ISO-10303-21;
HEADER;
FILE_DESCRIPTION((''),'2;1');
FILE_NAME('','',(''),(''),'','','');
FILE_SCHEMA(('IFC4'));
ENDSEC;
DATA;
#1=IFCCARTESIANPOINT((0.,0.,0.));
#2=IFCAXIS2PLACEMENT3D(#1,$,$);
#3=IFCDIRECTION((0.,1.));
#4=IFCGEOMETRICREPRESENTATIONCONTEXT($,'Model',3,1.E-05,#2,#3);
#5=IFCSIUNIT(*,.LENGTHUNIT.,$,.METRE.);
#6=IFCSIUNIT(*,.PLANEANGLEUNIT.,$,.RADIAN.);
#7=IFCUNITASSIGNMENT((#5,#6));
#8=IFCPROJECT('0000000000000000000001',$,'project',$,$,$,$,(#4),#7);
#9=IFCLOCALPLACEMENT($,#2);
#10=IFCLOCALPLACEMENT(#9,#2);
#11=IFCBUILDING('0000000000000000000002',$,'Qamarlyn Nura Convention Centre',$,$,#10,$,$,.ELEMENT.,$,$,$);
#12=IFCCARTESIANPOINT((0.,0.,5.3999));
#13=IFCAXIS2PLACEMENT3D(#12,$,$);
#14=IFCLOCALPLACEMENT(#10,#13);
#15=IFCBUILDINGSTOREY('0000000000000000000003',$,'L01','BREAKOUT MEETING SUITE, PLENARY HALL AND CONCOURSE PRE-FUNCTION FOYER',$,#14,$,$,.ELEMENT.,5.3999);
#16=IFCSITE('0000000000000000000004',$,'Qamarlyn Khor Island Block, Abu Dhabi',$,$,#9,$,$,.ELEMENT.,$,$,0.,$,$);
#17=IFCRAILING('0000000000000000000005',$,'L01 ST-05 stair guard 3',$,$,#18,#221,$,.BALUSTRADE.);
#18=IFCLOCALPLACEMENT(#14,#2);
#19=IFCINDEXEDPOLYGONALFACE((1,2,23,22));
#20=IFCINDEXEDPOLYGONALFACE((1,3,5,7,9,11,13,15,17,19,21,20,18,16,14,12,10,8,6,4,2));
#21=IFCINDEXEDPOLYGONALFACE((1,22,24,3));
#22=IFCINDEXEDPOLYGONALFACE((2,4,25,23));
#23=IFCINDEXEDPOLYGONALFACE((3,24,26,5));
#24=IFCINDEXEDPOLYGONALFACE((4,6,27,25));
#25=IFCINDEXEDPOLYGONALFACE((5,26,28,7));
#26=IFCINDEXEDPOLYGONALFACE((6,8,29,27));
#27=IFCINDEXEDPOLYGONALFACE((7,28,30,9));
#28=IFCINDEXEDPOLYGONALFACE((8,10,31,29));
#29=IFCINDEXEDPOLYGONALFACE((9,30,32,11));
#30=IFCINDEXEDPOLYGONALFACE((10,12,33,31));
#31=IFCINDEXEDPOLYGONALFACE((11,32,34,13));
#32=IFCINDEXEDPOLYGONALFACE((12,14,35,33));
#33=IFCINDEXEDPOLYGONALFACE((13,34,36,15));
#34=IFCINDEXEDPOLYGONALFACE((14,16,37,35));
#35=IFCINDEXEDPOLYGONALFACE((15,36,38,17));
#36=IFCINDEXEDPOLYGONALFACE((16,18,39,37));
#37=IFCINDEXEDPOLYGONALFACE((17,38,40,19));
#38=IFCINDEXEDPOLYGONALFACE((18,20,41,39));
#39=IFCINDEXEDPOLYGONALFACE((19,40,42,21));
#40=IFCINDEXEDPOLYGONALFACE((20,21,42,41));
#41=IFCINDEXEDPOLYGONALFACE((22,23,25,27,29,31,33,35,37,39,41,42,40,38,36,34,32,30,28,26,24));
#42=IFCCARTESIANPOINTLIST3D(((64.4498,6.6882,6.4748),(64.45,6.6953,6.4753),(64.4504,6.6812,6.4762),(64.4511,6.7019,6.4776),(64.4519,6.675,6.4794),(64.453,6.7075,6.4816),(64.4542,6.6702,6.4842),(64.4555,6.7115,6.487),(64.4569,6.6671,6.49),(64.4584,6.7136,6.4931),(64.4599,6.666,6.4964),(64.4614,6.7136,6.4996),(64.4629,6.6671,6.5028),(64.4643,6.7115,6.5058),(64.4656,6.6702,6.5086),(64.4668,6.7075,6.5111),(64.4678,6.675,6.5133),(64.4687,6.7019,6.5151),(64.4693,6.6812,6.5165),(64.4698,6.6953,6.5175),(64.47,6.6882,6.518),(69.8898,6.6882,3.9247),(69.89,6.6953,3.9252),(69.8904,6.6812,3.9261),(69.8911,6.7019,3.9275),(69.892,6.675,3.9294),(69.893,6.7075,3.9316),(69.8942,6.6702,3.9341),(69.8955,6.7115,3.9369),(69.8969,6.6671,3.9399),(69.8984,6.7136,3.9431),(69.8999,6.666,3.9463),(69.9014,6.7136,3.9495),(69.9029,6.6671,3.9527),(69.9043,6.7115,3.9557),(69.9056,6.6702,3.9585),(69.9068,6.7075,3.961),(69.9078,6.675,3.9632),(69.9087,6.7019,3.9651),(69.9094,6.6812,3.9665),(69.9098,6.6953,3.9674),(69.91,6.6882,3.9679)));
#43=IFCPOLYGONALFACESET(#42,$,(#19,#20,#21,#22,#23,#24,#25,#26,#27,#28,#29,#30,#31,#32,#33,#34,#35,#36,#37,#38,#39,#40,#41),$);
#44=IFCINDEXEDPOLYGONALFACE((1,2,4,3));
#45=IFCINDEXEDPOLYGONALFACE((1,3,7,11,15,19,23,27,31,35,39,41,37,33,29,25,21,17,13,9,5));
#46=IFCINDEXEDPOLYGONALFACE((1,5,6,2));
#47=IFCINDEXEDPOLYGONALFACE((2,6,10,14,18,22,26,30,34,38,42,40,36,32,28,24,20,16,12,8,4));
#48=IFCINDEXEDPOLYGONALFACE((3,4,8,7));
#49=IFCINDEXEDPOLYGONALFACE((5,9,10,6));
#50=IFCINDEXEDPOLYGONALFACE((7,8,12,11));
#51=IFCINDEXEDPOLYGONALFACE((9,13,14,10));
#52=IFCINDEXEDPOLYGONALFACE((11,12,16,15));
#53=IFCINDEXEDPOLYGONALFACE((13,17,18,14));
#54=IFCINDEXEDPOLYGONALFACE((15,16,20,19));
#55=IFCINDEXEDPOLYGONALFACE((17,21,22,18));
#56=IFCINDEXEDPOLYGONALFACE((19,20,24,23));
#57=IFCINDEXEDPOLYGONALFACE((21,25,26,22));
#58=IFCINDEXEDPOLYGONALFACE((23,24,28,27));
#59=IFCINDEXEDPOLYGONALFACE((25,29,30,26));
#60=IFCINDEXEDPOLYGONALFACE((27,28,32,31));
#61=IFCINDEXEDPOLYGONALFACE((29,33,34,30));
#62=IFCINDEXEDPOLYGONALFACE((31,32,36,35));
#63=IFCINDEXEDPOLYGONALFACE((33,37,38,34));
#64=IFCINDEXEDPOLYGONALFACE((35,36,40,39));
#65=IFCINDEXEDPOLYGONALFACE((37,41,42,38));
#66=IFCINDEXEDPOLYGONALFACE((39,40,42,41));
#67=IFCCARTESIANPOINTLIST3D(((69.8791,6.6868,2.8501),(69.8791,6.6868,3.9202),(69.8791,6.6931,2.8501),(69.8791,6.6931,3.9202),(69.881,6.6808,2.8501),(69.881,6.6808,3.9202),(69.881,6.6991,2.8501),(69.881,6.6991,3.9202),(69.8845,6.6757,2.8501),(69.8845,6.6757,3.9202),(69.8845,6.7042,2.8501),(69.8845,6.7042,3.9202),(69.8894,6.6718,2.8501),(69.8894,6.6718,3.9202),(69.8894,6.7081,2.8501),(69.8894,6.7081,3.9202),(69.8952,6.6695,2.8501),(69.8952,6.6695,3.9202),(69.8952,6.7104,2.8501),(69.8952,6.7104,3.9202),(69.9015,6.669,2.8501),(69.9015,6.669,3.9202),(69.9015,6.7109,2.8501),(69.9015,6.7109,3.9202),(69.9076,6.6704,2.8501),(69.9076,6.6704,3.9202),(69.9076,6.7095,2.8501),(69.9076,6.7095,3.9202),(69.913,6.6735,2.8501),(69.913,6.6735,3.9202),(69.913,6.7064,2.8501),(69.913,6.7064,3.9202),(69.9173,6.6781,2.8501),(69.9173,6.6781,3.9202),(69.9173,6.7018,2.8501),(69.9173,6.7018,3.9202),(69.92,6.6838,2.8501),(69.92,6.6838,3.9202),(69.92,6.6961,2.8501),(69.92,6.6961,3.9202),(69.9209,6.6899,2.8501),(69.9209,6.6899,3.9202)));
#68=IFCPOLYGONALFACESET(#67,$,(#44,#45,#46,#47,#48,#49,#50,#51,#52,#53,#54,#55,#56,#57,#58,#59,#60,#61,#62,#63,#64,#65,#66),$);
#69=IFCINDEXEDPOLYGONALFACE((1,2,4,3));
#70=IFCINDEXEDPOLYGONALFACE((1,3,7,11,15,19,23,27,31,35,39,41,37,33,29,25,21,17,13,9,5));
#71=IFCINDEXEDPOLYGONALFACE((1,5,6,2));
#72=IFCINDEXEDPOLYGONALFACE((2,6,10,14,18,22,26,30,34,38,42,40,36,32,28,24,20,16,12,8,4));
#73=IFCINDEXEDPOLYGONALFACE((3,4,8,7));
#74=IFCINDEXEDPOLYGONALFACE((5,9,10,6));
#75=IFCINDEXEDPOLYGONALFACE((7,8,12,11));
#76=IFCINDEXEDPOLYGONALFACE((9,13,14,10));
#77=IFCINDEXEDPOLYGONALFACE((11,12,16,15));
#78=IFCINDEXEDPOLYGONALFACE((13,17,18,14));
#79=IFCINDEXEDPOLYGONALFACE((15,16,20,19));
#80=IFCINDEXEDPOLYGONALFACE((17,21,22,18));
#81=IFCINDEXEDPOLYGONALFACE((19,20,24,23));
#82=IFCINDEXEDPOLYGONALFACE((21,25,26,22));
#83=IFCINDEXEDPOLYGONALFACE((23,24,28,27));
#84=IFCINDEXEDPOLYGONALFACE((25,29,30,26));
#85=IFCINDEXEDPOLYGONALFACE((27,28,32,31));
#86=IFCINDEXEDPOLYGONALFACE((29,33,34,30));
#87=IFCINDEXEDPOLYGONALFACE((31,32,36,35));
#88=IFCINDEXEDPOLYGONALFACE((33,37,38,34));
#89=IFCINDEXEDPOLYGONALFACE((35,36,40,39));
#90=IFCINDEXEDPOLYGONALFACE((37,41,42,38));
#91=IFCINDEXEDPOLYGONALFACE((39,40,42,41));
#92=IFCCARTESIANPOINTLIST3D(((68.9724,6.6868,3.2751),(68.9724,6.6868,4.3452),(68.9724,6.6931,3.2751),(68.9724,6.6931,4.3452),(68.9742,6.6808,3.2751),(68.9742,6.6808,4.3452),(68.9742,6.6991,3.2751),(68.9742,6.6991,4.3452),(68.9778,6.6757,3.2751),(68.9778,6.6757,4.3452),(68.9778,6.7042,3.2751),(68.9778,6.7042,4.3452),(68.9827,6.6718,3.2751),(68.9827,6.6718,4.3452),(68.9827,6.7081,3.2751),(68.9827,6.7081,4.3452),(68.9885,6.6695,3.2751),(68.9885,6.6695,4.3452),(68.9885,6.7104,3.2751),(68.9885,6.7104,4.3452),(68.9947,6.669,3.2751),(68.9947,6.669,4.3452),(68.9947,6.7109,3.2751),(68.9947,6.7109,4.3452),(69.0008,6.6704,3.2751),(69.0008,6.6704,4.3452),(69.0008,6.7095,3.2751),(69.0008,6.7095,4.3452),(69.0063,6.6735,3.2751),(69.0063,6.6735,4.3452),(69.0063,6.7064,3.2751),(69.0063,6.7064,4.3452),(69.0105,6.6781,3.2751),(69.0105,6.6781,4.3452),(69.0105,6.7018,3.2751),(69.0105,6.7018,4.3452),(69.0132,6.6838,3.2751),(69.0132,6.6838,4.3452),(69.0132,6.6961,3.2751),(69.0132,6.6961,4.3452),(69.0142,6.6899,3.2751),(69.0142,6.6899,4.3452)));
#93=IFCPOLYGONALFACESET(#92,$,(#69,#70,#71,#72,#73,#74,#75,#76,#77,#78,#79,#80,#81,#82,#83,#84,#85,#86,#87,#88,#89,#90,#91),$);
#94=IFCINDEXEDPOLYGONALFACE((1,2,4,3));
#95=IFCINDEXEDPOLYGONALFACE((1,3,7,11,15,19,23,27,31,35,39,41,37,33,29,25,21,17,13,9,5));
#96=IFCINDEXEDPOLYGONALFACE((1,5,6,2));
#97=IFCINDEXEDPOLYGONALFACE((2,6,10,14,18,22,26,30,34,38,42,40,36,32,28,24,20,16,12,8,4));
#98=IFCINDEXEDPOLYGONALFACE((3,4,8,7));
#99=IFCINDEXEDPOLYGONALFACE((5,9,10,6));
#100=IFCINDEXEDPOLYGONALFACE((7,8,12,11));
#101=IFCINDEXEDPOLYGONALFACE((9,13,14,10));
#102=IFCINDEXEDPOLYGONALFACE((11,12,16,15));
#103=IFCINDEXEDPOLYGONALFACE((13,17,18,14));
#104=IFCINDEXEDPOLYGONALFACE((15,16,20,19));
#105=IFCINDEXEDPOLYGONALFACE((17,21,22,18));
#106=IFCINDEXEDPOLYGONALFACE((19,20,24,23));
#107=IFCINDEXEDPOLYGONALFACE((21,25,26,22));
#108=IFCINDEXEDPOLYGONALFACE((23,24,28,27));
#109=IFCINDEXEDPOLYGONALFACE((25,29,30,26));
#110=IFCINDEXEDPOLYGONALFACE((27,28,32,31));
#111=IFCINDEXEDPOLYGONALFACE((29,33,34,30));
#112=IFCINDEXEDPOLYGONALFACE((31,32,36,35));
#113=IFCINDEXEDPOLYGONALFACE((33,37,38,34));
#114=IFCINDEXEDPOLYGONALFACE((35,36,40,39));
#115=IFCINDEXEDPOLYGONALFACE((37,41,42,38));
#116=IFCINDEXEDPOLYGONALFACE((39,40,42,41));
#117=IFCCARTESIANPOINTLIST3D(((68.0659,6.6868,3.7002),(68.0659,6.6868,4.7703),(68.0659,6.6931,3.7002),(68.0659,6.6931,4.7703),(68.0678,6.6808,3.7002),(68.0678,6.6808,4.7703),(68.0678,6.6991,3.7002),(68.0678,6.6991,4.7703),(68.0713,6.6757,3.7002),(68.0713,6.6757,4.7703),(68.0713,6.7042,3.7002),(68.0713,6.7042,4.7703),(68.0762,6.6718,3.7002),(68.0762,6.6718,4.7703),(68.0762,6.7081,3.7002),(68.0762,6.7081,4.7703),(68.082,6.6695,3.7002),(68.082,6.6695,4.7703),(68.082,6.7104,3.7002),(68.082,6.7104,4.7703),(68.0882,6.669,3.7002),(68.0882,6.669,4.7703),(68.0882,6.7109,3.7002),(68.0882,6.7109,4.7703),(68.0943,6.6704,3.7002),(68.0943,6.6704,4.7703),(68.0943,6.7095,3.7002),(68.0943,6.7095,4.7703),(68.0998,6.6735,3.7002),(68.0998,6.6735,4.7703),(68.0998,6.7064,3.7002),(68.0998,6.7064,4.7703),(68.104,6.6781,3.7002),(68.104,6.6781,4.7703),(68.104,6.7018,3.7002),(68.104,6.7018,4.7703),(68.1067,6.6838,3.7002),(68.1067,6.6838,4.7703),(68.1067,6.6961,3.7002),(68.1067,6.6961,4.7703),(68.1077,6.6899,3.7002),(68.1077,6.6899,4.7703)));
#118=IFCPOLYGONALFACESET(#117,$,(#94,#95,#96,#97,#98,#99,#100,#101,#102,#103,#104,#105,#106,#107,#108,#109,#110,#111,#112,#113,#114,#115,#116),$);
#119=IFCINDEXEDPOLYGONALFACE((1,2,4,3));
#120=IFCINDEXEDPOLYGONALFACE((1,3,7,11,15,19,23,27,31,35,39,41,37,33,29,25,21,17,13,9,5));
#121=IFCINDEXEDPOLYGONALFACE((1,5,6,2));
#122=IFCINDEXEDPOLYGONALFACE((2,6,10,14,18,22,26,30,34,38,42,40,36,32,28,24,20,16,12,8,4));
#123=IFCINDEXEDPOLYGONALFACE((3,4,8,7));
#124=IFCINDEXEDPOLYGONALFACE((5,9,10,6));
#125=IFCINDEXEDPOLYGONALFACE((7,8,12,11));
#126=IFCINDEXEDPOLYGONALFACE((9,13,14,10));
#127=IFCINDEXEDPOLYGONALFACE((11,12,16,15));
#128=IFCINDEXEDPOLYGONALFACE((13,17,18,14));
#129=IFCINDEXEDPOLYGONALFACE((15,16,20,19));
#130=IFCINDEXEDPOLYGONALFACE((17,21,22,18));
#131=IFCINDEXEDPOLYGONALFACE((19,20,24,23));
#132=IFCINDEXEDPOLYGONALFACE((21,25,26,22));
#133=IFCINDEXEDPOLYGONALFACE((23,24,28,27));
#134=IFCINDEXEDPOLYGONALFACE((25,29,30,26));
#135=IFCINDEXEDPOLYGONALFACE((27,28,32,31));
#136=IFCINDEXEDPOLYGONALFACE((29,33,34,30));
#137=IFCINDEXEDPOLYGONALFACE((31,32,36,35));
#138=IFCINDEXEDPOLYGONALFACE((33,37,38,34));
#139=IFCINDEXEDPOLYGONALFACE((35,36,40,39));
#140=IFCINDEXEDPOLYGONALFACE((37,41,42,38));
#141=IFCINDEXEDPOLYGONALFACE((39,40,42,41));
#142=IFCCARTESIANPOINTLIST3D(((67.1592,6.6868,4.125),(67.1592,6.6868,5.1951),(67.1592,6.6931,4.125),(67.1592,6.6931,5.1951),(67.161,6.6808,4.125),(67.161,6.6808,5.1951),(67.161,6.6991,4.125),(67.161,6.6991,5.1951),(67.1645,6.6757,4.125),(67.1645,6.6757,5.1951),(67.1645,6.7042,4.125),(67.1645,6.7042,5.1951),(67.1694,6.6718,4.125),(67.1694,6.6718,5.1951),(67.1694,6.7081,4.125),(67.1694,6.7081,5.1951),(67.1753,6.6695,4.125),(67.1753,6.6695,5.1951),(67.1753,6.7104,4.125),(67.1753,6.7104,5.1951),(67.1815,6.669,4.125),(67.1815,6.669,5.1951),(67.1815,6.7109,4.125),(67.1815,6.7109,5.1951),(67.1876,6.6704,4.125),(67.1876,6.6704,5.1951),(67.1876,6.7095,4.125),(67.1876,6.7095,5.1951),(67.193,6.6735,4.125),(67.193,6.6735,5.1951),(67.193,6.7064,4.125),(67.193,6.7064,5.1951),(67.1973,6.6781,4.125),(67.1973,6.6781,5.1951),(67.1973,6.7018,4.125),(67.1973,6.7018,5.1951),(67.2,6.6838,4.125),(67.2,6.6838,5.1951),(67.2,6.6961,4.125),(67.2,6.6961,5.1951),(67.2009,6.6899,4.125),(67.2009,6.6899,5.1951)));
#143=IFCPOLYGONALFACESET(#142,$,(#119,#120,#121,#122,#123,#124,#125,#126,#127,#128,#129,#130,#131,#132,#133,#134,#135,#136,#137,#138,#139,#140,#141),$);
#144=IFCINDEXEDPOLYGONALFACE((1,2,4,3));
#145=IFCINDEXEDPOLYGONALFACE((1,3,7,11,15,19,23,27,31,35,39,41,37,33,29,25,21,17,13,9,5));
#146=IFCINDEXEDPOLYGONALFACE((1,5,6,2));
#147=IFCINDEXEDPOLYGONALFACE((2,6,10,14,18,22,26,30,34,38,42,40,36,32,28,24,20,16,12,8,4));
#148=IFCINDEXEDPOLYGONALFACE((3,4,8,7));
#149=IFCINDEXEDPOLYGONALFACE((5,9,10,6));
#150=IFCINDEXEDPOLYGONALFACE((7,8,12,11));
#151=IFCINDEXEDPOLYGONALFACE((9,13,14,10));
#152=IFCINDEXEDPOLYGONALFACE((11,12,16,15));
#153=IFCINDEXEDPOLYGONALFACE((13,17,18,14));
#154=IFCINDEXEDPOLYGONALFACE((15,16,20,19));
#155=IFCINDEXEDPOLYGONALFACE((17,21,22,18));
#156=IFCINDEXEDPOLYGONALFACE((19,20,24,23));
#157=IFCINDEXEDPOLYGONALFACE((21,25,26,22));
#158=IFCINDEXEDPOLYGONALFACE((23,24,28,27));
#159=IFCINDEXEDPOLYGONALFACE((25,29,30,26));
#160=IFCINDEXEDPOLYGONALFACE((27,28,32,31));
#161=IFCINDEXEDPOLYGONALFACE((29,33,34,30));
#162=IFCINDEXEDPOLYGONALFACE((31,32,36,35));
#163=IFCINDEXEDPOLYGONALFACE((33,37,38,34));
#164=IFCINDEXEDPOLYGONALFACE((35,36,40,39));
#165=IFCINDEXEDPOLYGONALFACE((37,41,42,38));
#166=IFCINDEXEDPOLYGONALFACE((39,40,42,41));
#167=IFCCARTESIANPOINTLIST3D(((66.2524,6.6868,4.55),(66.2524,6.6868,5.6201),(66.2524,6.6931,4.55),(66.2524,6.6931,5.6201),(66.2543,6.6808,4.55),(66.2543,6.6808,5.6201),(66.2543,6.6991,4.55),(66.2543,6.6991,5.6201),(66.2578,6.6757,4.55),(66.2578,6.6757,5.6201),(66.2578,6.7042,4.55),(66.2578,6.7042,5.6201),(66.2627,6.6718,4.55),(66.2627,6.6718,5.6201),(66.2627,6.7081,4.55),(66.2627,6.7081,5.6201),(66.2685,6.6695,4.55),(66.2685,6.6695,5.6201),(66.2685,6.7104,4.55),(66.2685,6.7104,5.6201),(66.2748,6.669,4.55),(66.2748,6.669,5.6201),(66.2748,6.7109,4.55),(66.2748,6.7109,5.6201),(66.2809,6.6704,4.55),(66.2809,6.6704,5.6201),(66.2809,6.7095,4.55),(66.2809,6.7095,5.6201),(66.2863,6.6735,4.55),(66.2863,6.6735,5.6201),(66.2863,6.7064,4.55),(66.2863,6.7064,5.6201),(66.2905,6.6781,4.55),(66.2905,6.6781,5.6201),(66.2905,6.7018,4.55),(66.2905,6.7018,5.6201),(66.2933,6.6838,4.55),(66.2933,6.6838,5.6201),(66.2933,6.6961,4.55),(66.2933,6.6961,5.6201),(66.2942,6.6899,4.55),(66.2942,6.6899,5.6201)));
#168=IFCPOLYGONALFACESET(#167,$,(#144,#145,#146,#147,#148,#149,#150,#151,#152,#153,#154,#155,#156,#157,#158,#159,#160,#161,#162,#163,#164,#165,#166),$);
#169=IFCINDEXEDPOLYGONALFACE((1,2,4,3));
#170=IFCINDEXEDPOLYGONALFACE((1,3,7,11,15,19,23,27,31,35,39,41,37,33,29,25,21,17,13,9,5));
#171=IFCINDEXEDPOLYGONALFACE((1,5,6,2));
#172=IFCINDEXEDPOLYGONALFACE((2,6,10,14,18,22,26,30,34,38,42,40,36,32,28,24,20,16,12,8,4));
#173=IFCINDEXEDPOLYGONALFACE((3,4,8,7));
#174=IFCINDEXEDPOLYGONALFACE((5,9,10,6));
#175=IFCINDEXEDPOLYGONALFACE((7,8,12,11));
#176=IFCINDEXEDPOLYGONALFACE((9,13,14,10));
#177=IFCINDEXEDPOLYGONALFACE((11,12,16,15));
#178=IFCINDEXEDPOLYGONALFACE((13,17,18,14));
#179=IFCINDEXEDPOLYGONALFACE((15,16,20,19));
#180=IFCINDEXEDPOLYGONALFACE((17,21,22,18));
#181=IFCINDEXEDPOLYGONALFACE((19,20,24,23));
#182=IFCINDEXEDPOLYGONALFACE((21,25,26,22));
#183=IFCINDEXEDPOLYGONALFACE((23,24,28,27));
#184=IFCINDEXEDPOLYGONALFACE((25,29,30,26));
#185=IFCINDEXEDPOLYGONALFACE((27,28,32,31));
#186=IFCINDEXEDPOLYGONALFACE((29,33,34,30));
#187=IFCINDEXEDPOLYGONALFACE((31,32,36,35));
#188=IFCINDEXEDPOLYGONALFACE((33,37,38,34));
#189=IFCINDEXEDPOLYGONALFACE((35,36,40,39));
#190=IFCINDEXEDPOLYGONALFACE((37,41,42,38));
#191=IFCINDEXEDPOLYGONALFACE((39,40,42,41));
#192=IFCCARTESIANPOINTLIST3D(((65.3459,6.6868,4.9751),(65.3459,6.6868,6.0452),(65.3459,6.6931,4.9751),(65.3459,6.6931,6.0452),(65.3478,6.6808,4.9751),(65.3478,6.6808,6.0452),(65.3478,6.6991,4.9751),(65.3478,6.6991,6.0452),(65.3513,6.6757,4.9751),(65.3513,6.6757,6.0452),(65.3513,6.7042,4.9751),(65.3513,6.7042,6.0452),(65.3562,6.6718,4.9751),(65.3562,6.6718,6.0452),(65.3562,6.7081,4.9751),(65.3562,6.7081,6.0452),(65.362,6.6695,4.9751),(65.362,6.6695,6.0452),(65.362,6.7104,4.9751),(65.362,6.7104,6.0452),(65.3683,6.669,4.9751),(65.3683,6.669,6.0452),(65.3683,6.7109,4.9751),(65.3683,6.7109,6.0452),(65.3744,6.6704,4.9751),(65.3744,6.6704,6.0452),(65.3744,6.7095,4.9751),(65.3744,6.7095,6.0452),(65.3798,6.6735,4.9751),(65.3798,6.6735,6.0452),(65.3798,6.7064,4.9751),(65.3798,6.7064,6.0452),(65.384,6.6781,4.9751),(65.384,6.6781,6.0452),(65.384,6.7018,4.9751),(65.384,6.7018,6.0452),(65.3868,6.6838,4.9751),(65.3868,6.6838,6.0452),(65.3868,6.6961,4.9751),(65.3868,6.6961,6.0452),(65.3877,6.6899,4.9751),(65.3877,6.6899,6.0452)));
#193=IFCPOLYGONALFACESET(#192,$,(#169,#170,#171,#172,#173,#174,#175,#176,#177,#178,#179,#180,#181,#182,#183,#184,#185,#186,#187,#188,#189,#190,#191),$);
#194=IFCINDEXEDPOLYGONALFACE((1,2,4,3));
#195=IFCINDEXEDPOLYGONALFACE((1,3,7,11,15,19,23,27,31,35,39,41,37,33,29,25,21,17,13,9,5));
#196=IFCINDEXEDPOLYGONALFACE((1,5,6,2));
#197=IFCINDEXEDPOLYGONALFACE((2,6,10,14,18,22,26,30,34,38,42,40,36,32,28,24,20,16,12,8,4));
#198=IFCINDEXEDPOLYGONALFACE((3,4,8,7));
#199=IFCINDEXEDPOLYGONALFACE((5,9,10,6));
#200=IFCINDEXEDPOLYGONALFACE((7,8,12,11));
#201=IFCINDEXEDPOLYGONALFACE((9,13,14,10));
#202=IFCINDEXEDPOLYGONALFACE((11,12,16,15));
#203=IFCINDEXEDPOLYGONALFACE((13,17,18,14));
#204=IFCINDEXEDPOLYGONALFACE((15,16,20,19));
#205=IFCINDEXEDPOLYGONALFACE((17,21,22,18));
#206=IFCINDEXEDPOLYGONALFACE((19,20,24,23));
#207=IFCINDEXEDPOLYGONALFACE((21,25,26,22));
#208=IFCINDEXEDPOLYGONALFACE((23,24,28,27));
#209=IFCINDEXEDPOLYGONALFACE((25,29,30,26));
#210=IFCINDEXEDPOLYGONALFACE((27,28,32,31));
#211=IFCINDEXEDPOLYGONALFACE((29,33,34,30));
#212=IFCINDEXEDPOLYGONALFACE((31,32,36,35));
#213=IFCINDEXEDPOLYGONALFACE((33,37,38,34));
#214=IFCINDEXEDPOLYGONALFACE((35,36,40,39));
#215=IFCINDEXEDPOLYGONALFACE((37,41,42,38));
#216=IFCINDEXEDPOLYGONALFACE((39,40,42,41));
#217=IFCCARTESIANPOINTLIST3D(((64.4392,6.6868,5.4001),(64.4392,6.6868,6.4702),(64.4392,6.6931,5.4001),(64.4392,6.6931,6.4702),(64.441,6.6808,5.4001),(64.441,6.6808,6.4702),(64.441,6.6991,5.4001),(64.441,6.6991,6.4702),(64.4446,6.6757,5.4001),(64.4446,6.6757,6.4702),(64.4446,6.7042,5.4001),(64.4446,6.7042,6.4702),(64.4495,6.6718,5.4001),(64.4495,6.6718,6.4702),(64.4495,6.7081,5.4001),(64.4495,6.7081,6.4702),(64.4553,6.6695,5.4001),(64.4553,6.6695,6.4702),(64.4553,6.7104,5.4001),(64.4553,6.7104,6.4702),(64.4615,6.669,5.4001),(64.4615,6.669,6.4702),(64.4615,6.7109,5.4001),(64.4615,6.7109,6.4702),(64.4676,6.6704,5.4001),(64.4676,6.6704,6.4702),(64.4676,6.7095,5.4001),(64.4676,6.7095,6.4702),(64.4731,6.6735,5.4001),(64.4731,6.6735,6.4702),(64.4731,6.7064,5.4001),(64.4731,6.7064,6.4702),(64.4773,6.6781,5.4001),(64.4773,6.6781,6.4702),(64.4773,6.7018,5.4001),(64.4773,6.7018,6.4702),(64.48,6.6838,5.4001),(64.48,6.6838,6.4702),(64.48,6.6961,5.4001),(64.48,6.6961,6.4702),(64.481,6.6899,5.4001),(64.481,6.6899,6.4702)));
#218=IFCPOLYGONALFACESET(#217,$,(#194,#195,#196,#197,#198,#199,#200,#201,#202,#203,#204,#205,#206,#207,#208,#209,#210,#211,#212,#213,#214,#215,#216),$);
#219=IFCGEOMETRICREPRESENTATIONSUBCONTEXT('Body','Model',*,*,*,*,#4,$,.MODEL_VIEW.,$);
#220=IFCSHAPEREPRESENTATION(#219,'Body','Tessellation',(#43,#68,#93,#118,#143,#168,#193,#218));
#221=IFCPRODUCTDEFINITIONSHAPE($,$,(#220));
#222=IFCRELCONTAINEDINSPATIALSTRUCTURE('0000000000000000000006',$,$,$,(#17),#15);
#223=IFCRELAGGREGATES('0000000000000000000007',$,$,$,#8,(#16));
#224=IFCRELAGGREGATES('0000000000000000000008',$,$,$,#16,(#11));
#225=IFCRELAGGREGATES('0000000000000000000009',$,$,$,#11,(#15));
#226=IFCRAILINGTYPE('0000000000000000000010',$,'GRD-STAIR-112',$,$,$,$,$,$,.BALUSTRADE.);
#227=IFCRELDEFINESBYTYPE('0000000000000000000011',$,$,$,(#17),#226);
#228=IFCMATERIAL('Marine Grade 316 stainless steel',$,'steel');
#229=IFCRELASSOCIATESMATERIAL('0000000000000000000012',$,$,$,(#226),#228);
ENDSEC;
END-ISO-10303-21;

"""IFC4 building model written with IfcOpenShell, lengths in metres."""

from ifc_helpers import new_model, si_unit, direction, frame, origin, origin_2d, place, context, subcontext, project, spatial, circle, extrude, material, type_object, element, save


model = new_model("IFC4")

# Units and contexts
model_context = context("Model", 3, precision=1e-05, world=origin(), true_north=direction((0.0, 1.0)))
body_context = subcontext(model_context, "Body", "Model", "MODEL_VIEW")
ifc_project = project(units=[si_unit("LENGTHUNIT", "METRE"), si_unit("PLANEANGLEUNIT", "RADIAN")], contexts=[model_context])

# Site, building, storey
site_placement = place(None, origin())
site = spatial("IfcSite", under=ifc_project, at=site_placement, Name="Qamarlyn Khor Island Block, Abu Dhabi", CompositionType="ELEMENT", RefElevation=0.0)
building_placement = place(site_placement, origin())
building = spatial("IfcBuilding", under=site, at=building_placement, Name="Qamarlyn Nura Convention Centre", CompositionType="ELEMENT")
storey_placement = place(building_placement, frame((0.0, 0.0, 5.3999)))
storey = spatial("IfcBuildingStorey", under=building, at=storey_placement, Name="L01", Description="BREAKOUT MEETING SUITE, PLENARY HALL AND CONCOURSE PRE-FUNCTION FOYER", CompositionType="ELEMENT", Elevation=5.3999)

# Railing
ifc_material_1 = material(Name="Marine Grade 316 stainless steel", Category="steel")
railing_type_1 = type_object("IfcRailingType", Name="GRD-STAIR-112", PredefinedType="BALUSTRADE", material=ifc_material_1)
railing_1_placement = place(storey_placement, frame((69.8999, 6.6899, 2.8501)))
element("IfcRailing", 1, at=railing_1_placement, inside=storey, type_object=railing_type_1, Name="L01 ST-05 stair guard 3", PredefinedType="BALUSTRADE", context=body_context, shape_type="SweptSolid", body=[
    extrude(circle(Radius=0.0239, at=origin_2d()), frame((0.0, 0.0, 1.0962), z_axis=(-0.905454, 0.0, 0.424444), x_axis=(0.0, -1.0, 0.0)), (0.0, 0.0, 1.0), 6.0081),
    extrude(circle(Radius=0.021, at=origin_2d()), origin(), (0.0, 0.0, 1.0), 1.0701),
    extrude(circle(Radius=0.021, at=origin_2d()), frame((-0.9067, 0.0, 0.425)), (0.0, 0.0, 1.0), 1.0701),
    extrude(circle(Radius=0.021, at=origin_2d()), frame((-1.8132, 0.0, 0.8501)), (0.0, 0.0, 1.0), 1.0701),
    extrude(circle(Radius=0.021, at=origin_2d()), frame((-2.72, 0.0, 1.2749)), (0.0, 0.0, 1.0), 1.0701),
    extrude(circle(Radius=0.021, at=origin_2d()), frame((-3.6267, 0.0, 1.7)), (0.0, 0.0, 1.0), 1.0701),
    extrude(circle(Radius=0.021, at=origin_2d()), frame((-4.5332, 0.0, 2.125)), (0.0, 0.0, 1.0), 1.0701),
    extrude(circle(Radius=0.021, at=origin_2d()), frame((-5.4399, 0.0, 2.55)), (0.0, 0.0, 1.0), 1.0701),
])

save(model, "model.ifc")
